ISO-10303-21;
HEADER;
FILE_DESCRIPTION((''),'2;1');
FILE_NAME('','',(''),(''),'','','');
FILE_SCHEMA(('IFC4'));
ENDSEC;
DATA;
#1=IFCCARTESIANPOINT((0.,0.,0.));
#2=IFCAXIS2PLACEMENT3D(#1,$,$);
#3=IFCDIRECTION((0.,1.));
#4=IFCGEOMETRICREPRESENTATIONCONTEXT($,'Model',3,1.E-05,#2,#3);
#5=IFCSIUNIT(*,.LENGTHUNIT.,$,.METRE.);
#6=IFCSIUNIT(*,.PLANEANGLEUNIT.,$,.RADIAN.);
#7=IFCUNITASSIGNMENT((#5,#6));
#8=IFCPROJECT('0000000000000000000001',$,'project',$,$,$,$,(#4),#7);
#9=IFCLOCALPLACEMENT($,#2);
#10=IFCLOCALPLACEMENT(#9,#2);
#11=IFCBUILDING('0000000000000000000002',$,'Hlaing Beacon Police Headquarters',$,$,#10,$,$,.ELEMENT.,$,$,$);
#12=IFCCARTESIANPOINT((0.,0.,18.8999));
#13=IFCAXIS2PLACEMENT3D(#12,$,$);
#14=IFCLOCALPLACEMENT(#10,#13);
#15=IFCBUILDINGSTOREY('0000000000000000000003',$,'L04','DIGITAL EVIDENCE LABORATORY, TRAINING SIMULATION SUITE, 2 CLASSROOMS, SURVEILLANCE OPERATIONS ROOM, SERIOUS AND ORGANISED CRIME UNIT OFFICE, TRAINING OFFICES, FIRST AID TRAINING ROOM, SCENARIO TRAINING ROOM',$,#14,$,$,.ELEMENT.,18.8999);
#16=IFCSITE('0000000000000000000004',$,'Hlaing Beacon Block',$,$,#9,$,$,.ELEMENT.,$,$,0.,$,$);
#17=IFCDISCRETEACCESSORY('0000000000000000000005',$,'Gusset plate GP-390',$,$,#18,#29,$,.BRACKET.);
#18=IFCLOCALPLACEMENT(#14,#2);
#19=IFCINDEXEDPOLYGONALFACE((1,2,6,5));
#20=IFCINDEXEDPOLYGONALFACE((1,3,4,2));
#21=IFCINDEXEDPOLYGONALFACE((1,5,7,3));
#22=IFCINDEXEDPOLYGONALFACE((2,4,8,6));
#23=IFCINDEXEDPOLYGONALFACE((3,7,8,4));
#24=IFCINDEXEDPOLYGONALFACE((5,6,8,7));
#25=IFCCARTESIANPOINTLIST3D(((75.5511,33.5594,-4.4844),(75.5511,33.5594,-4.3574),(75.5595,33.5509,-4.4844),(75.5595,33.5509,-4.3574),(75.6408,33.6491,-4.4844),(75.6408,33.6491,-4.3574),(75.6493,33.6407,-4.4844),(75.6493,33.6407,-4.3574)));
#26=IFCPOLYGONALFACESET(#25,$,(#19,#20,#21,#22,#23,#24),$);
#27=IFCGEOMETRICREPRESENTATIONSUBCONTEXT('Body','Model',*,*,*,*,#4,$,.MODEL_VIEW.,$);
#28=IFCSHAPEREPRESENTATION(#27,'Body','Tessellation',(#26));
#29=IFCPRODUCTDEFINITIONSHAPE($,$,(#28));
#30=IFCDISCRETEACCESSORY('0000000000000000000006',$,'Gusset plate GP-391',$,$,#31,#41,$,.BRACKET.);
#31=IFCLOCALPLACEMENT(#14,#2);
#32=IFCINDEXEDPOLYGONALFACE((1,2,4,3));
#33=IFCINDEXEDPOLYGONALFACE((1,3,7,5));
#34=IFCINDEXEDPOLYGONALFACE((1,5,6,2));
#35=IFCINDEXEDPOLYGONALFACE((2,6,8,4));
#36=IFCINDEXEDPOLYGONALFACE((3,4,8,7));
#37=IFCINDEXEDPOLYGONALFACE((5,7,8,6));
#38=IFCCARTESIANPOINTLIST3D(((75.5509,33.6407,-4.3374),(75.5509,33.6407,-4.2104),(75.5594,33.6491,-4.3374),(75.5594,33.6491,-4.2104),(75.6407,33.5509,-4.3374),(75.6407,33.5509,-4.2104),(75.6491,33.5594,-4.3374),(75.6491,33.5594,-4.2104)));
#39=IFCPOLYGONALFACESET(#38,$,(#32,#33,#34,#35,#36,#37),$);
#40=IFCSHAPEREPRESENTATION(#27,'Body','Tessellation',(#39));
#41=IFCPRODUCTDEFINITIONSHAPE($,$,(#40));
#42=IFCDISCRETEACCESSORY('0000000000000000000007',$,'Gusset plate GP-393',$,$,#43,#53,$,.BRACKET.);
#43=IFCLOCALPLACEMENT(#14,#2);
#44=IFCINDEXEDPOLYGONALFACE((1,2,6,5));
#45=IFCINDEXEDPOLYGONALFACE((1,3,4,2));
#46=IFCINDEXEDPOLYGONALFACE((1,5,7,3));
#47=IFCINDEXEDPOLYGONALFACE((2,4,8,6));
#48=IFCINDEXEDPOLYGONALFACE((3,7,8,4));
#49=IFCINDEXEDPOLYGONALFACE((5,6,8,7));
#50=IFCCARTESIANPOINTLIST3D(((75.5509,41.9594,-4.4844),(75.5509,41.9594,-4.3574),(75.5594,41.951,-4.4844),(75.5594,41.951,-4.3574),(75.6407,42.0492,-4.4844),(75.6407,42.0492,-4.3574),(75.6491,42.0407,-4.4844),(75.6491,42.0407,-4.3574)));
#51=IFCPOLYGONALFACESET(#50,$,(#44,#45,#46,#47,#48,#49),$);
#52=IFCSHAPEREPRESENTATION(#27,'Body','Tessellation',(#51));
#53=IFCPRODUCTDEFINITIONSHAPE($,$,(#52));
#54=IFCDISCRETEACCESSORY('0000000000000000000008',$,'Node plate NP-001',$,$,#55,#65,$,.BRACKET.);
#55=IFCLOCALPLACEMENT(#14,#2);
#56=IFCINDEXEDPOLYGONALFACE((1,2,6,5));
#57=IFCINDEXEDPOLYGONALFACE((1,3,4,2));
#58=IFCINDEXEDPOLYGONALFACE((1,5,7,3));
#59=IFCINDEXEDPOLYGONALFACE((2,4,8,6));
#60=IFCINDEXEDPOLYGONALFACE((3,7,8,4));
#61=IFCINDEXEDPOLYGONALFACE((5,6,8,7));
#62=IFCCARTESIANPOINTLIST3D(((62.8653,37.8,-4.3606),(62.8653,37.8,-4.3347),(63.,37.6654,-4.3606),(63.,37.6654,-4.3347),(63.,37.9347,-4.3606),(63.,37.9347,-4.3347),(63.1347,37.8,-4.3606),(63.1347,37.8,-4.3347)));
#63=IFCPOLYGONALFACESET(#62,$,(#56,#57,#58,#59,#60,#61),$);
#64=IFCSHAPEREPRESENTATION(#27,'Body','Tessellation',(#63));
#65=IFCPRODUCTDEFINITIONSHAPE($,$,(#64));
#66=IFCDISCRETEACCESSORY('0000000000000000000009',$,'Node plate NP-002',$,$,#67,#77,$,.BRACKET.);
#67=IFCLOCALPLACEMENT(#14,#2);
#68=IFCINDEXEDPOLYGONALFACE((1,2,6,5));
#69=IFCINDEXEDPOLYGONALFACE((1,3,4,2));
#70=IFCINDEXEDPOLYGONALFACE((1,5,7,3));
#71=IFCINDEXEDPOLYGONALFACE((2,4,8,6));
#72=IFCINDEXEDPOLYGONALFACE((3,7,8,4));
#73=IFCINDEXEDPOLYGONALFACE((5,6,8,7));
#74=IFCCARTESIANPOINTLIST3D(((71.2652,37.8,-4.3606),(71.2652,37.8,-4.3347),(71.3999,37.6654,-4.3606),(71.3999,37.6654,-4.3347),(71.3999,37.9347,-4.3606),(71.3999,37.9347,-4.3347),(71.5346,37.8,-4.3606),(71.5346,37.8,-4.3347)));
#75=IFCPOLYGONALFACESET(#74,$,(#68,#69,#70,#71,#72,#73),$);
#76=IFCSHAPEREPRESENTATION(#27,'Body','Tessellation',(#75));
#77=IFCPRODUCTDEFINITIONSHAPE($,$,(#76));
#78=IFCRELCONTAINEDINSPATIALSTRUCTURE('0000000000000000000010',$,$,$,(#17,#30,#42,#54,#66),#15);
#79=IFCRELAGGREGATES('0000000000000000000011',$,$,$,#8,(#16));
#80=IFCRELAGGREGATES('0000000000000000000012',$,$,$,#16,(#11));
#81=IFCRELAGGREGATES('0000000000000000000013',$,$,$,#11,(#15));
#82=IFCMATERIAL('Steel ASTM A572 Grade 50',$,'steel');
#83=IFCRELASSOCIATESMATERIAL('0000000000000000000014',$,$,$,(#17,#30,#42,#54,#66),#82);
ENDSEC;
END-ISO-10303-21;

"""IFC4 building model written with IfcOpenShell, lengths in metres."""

from ifc_helpers import new_model, si_unit, direction, frame, origin, origin_2d, place, context, subcontext, project, spatial, rectangle, extrude, material, element, save


model = new_model("IFC4")

# Units and contexts
model_context = context("Model", 3, precision=1e-05, world=origin(), true_north=direction((0.0, 1.0)))
body_context = subcontext(model_context, "Body", "Model", "MODEL_VIEW")
ifc_project = project(units=[si_unit("LENGTHUNIT", "METRE"), si_unit("PLANEANGLEUNIT", "RADIAN")], contexts=[model_context])

# Site, building, storey
site_placement = place(None, origin())
site = spatial("IfcSite", under=ifc_project, at=site_placement, Name="Hlaing Beacon Block", CompositionType="ELEMENT", RefElevation=0.0)
building_placement = place(site_placement, origin())
building = spatial("IfcBuilding", under=site, at=building_placement, Name="Hlaing Beacon Police Headquarters", CompositionType="ELEMENT")
storey_placement = place(building_placement, frame((0.0, 0.0, 18.8999)))
storey = spatial("IfcBuildingStorey", under=building, at=storey_placement, Name="L04", Description="DIGITAL EVIDENCE LABORATORY, TRAINING SIMULATION SUITE, 2 CLASSROOMS, SURVEILLANCE OPERATIONS ROOM, SERIOUS AND ORGANISED CRIME UNIT OFFICE, TRAINING OFFICES, FIRST AID TRAINING ROOM, SCENARIO TRAINING ROOM", CompositionType="ELEMENT", Elevation=18.8999)

# Discrete accessories
ifc_material_1 = material(Name="Steel ASTM A572 Grade 50", Category="steel")
for number, where, z_axis, x_axis, name in (
    (1, (75.5959, 33.6042, -4.4209), (0.707117, -0.707097, 0.0), (0.707097, 0.707117, 0.0), "Gusset plate GP-390"),
    (2, (75.6042, 33.6042, -4.2739), (-0.707107, -0.707107, 0.0), (0.707107, -0.707107, 0.0), "Gusset plate GP-391"),
    (3, (75.6042, 41.9958, -4.4209), (-0.707107, 0.707107, 0.0), (-0.707107, -0.707107, 0.0), "Gusset plate GP-393"),
):
    element("IfcDiscreteAccessory", number, at=place(storey_placement, frame(where, z_axis=z_axis, x_axis=x_axis)), inside=storey, material=ifc_material_1, Name=name, PredefinedType="BRACKET", context=body_context, shape_type="SweptSolid", body=[
        extrude(rectangle(XDim=0.127, YDim=0.127, at=origin_2d()), origin(), (0.0, 0.0, 1.0), 0.012),
    ])
for number, where, z_axis, x_axis, name in (
    (4, (63.0, 37.8, -4.3606), (0.0, 0.0, 1.0), (0.707107, 0.707107, 0.0), "Node plate NP-001"),
    (5, (71.3999, 37.8, -4.3606), (0.0, 0.0, 1.0), (0.707107, 0.707107, 0.0), "Node plate NP-002"),
):
    element("IfcDiscreteAccessory", number, at=place(storey_placement, frame(where, z_axis=z_axis, x_axis=x_axis)), inside=storey, material=ifc_material_1, Name=name, PredefinedType="BRACKET", context=body_context, shape_type="SweptSolid", body=[
        extrude(rectangle(XDim=0.1904, YDim=0.1904, at=origin_2d()), origin(), (0.0, 0.0, 1.0), 0.0259),
    ])

save(model, "model.ifc")
